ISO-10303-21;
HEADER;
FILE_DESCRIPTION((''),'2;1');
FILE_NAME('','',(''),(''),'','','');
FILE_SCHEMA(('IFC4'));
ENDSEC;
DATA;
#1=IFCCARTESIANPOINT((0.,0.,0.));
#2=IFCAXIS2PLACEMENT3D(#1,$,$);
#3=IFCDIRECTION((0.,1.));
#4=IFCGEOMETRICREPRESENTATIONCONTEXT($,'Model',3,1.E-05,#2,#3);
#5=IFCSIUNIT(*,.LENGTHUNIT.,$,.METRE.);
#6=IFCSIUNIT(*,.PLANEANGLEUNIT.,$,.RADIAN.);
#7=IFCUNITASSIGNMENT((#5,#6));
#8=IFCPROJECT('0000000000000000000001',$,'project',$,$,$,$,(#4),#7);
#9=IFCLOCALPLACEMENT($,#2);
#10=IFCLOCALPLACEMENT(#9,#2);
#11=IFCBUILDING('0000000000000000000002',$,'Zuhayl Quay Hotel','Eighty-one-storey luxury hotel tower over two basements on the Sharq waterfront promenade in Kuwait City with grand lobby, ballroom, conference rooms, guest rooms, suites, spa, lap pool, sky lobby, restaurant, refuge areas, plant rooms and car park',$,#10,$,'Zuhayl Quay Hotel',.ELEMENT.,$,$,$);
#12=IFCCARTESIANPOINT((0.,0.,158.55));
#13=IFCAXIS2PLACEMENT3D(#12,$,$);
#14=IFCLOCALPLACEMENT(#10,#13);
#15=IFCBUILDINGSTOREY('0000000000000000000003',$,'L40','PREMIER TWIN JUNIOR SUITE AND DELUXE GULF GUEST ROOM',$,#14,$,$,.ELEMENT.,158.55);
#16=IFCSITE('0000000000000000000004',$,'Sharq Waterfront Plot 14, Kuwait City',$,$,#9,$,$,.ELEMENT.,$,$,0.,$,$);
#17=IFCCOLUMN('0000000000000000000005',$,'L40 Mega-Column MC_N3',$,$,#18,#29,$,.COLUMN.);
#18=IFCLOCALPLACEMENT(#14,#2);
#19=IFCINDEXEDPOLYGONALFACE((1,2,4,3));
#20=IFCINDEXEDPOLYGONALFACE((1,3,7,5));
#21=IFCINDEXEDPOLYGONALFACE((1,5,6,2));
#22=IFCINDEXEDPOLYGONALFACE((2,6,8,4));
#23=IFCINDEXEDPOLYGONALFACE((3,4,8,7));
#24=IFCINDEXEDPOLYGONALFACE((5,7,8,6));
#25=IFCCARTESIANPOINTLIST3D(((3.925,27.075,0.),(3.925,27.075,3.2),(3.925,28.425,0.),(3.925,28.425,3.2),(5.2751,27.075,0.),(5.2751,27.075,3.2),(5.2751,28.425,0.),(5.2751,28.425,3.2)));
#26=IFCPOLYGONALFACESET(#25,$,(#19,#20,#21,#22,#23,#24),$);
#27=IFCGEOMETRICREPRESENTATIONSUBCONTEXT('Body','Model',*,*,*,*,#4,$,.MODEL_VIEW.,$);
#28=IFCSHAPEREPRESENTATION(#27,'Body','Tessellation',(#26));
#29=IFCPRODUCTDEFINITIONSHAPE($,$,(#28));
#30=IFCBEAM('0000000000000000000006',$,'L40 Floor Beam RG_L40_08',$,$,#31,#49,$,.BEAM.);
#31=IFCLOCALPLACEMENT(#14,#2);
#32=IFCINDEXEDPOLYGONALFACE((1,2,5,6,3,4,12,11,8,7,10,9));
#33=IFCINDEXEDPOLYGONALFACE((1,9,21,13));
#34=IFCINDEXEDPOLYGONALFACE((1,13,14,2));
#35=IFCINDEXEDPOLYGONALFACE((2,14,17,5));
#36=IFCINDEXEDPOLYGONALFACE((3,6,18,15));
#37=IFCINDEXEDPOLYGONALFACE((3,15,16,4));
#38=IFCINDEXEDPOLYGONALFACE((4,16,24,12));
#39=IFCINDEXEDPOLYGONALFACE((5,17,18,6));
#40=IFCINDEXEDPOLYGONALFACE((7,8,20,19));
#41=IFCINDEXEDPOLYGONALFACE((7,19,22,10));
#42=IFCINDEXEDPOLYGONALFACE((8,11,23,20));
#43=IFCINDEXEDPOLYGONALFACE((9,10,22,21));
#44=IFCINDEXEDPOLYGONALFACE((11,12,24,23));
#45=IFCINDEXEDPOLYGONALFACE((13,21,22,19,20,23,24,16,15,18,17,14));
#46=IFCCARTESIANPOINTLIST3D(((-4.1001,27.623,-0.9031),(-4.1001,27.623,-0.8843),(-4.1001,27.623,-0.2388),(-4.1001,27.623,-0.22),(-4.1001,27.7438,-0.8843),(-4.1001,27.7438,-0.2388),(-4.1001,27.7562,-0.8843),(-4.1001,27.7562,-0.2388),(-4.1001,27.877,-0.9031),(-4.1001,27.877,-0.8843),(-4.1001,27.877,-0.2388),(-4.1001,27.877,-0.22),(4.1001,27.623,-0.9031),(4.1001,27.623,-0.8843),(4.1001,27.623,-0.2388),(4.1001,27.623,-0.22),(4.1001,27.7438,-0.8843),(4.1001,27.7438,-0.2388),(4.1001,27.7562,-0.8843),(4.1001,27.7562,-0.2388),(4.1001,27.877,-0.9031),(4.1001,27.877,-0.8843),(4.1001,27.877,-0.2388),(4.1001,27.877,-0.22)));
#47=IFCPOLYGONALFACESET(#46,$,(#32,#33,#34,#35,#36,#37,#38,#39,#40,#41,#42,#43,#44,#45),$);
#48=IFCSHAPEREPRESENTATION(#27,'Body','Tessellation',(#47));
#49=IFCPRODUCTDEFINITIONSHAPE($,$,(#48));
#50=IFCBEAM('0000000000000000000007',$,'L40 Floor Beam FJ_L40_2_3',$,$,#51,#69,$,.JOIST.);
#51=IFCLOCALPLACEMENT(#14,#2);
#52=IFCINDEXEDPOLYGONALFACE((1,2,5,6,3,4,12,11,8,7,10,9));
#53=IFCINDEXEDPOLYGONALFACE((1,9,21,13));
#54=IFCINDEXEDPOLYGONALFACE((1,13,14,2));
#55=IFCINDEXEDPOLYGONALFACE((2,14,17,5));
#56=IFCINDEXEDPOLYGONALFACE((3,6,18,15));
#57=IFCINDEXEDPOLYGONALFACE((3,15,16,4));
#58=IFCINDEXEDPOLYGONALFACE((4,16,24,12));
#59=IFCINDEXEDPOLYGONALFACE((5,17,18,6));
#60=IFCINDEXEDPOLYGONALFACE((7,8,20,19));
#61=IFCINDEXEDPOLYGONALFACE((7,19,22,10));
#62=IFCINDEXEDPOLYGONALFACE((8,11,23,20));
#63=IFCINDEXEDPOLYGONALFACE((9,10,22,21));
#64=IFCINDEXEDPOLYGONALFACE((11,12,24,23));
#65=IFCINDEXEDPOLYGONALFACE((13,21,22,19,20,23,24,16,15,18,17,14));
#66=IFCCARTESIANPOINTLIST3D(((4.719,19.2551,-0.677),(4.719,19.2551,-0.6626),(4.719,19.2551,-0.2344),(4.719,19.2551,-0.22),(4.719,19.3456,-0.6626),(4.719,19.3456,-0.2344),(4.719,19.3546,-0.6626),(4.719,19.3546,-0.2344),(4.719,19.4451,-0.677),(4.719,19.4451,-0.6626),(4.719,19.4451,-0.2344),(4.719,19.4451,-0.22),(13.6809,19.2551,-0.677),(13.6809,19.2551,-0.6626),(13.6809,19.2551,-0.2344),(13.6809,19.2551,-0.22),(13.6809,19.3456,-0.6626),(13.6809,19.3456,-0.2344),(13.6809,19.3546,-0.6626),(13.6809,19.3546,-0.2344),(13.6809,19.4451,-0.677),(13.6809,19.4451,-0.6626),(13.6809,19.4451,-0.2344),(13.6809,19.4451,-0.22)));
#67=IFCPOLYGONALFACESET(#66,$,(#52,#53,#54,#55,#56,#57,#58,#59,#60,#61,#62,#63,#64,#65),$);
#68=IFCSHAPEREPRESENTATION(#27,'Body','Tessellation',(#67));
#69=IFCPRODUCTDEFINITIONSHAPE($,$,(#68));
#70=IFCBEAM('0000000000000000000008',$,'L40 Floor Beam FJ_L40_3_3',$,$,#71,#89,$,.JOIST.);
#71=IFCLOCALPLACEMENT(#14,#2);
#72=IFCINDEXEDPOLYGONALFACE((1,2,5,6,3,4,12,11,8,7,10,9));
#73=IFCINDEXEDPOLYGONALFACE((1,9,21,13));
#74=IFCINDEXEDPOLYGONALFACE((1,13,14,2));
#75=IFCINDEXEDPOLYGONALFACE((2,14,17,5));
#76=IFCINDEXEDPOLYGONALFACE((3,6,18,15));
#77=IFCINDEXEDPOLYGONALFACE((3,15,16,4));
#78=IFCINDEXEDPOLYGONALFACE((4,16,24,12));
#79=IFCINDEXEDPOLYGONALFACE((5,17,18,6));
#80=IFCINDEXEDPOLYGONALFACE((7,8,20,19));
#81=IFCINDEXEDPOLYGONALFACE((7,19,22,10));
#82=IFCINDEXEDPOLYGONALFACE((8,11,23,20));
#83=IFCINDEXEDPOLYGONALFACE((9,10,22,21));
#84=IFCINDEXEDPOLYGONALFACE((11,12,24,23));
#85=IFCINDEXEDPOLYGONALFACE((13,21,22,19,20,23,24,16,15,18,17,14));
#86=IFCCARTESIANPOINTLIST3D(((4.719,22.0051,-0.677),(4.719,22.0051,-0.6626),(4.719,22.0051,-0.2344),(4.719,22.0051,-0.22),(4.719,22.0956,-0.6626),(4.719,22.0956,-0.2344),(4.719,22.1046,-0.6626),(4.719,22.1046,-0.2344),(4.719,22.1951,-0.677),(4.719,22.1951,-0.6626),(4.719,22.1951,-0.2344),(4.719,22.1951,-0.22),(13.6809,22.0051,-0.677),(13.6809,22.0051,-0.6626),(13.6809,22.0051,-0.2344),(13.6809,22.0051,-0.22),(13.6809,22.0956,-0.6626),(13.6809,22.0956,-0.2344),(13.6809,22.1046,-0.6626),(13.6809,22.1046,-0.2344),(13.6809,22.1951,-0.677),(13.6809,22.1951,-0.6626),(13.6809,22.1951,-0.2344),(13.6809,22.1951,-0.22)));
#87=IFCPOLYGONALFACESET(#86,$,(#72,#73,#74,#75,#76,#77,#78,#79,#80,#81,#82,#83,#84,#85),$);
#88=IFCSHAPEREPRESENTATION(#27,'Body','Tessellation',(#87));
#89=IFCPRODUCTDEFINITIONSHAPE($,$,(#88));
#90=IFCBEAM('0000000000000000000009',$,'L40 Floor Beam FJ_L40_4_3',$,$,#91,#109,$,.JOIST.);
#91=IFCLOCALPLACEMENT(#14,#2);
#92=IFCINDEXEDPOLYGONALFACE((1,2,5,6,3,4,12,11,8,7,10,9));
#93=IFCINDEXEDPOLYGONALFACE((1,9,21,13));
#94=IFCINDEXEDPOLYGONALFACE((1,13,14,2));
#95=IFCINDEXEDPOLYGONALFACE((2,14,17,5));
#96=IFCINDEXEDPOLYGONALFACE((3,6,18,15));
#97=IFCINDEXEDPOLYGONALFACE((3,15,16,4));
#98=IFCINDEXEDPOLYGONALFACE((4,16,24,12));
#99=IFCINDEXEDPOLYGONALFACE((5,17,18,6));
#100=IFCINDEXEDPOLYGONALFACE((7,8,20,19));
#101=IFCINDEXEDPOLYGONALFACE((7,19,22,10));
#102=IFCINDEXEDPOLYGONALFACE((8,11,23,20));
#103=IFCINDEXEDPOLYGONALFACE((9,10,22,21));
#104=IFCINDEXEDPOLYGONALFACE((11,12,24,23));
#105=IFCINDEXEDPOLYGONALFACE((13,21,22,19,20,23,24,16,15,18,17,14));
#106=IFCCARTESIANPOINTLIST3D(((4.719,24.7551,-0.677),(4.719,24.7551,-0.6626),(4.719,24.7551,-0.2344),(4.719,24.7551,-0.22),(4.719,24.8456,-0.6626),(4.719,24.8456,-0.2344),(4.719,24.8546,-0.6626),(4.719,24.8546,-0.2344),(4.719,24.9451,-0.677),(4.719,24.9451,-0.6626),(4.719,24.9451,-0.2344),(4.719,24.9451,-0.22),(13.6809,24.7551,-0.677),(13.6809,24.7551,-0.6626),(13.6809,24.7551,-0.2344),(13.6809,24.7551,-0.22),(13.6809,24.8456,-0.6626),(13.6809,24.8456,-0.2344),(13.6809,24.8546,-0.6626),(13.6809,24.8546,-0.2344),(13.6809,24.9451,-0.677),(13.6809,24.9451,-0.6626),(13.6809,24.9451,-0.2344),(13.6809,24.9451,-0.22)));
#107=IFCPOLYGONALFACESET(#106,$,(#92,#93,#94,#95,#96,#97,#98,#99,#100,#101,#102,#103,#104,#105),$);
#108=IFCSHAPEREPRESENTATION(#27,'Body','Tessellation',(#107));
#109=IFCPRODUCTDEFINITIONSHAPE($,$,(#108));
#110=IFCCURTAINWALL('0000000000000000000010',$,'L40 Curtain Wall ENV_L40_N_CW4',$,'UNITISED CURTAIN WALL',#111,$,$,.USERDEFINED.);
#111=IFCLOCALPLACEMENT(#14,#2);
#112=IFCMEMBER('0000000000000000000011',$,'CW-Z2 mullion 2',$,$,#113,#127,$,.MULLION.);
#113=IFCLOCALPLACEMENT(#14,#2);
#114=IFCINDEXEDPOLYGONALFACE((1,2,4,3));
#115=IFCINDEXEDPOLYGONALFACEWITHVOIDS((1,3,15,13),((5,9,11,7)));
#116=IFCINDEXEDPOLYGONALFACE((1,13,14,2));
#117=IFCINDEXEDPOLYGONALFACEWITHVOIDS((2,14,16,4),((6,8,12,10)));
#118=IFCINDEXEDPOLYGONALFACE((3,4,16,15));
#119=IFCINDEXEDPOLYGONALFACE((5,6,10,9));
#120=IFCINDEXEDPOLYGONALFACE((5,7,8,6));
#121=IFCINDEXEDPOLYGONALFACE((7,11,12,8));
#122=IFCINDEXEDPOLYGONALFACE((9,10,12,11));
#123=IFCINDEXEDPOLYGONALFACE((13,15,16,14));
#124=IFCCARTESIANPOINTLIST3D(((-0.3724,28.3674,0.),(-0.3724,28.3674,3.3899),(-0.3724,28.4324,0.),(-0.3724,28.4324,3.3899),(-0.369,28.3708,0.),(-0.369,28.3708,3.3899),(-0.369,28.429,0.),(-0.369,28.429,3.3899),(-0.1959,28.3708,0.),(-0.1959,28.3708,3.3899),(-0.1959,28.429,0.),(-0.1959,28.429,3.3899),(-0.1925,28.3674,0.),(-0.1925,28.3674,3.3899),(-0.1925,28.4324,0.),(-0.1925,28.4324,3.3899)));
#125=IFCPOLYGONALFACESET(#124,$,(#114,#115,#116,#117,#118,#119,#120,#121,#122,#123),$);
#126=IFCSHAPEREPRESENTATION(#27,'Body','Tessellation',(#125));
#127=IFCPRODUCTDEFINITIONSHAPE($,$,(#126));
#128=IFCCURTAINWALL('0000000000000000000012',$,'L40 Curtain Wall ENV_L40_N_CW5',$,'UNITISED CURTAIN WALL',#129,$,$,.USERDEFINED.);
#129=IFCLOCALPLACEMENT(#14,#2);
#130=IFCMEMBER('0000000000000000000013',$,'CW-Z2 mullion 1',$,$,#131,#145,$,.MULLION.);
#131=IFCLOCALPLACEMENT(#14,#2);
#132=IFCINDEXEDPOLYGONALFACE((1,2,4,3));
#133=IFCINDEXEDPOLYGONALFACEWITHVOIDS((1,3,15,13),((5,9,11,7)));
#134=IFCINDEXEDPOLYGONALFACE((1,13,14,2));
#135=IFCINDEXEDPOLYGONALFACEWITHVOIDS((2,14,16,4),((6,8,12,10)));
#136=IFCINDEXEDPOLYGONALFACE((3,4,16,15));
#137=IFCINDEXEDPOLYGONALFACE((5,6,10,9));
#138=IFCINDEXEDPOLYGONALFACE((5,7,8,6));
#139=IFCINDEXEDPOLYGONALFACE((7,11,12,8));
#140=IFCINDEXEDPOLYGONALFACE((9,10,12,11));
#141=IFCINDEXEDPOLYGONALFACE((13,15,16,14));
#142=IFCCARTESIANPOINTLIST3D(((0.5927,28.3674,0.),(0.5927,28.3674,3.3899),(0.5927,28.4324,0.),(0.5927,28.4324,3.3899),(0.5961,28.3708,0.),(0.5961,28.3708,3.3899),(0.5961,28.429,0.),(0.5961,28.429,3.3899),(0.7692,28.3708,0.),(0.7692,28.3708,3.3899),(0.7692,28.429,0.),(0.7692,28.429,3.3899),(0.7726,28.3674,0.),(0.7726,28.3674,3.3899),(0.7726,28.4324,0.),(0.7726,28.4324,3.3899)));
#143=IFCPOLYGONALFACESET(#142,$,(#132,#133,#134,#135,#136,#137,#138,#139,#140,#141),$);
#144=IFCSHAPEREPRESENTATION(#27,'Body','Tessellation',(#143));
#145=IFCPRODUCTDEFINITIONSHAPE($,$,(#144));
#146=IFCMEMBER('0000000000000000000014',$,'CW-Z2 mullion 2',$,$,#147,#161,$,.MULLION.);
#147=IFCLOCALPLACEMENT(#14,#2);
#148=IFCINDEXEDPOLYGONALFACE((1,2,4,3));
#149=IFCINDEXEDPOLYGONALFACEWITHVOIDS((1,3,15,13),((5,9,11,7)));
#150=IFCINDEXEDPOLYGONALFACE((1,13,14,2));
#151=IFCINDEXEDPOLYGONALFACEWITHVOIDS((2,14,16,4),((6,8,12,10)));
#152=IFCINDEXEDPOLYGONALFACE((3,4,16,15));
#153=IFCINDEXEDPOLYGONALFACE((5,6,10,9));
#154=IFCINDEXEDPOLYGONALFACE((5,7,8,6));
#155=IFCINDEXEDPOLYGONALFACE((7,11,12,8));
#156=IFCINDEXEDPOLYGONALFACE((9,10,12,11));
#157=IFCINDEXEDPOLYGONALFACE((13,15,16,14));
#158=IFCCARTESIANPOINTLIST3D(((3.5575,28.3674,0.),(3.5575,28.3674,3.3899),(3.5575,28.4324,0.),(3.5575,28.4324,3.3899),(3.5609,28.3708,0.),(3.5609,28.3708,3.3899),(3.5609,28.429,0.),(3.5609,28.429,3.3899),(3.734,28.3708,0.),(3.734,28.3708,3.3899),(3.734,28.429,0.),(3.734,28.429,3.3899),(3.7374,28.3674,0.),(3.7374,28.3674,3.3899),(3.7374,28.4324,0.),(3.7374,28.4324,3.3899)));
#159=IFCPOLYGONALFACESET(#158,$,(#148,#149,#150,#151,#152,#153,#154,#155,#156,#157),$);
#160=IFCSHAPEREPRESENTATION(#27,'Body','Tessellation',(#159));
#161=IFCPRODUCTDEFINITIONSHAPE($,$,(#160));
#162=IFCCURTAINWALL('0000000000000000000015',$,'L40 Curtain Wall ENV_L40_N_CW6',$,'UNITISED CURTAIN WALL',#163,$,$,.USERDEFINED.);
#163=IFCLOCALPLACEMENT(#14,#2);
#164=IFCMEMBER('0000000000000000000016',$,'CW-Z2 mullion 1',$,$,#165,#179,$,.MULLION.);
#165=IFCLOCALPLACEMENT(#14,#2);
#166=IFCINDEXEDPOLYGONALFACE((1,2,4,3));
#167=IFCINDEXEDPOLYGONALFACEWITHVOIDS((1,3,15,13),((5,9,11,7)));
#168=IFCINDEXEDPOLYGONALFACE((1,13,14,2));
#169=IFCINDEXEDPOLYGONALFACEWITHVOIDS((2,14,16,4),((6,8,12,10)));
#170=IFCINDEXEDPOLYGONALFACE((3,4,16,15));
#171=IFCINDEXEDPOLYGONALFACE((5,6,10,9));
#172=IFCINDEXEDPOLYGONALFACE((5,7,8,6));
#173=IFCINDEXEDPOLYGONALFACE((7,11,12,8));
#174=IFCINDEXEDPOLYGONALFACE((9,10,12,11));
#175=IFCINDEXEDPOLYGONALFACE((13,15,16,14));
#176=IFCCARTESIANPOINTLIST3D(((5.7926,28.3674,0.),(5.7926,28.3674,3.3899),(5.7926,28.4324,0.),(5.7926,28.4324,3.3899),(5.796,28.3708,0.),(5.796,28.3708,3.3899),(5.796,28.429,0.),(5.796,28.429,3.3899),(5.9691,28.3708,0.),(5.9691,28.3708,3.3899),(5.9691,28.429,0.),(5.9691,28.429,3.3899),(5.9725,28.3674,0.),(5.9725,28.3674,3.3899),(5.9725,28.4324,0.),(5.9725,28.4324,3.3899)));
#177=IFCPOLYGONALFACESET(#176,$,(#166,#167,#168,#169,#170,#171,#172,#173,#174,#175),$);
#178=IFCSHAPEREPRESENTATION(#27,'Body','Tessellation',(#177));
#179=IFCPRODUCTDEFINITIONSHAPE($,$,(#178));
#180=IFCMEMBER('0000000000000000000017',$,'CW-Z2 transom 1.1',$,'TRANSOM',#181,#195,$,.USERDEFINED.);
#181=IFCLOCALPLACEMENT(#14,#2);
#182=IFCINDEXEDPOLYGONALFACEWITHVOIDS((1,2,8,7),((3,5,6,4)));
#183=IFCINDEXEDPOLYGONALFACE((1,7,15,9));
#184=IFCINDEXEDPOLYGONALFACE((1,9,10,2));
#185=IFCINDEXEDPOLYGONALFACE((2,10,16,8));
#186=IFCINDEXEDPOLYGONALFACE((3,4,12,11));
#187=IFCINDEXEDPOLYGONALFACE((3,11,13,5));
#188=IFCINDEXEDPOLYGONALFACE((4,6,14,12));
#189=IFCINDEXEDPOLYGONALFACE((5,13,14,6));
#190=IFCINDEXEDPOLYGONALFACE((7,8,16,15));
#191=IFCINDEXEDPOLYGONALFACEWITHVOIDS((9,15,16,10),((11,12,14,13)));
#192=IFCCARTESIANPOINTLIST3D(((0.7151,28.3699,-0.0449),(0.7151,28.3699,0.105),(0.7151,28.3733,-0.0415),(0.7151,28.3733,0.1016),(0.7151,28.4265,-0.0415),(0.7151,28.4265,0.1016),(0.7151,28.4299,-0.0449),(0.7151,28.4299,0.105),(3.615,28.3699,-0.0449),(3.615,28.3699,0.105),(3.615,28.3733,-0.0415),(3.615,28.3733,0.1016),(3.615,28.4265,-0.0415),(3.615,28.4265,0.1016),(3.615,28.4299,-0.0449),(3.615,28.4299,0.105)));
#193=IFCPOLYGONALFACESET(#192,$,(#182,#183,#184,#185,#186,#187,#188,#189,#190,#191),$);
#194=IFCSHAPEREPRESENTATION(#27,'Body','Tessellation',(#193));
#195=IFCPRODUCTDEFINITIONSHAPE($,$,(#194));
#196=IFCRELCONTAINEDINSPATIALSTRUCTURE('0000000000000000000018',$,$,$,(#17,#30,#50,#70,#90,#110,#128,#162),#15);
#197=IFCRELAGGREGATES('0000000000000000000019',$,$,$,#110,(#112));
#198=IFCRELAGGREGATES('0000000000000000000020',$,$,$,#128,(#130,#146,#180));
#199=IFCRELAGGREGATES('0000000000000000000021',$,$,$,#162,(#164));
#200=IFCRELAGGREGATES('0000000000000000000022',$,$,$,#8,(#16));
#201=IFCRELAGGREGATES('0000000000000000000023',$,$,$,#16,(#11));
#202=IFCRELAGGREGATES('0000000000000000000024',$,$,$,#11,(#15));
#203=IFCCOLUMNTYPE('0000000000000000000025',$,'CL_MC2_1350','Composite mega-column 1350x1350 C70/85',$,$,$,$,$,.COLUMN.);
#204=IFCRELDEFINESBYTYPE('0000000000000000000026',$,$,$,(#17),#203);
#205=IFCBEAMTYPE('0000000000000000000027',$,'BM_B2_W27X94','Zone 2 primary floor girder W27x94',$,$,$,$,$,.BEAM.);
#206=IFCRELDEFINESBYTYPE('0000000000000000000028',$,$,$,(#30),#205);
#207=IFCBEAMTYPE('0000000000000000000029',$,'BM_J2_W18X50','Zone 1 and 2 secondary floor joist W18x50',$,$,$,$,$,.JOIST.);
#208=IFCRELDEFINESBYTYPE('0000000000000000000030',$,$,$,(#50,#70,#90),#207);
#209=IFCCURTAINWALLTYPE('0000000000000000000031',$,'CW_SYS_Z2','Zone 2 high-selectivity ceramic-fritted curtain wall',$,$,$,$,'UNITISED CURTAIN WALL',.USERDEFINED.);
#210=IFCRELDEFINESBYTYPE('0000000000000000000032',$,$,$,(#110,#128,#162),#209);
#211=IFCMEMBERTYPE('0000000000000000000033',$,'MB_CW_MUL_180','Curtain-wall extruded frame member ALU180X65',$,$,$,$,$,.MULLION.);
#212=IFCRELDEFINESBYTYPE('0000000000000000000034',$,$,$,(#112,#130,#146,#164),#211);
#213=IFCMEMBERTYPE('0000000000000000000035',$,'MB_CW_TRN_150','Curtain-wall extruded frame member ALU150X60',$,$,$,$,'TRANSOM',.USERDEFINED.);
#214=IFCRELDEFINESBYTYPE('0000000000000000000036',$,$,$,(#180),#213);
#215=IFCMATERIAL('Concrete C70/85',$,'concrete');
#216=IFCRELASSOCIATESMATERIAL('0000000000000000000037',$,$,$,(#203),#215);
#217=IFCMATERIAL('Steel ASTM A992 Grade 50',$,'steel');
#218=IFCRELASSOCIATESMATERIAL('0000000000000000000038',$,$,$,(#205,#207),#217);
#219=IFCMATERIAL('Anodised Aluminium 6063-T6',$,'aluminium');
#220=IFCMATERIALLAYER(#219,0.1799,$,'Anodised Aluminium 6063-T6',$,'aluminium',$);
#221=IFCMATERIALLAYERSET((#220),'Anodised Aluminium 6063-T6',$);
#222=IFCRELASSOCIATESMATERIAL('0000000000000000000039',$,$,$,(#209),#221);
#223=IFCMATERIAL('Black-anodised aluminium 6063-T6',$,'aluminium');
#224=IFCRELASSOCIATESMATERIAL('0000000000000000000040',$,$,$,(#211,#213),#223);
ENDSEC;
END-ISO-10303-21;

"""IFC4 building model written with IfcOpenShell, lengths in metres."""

from ifc_helpers import new_model, si_unit, direction, frame, origin, origin_2d, place, context, subcontext, project, spatial, rectangle, hollow_rectangle, i_section, extrude, material, layer, layer_set, material_profile, profile_set, type_object, element, aggregate, save


model = new_model("IFC4")

# Units and contexts
model_context = context("Model", 3, precision=1e-05, world=origin(), true_north=direction((0.0, 1.0)))
body_context = subcontext(model_context, "Body", "Model", "MODEL_VIEW")
ifc_project = project(units=[si_unit("LENGTHUNIT", "METRE"), si_unit("PLANEANGLEUNIT", "RADIAN")], contexts=[model_context])

# Site, building, storey
site_placement = place(None, origin())
site = spatial("IfcSite", under=ifc_project, at=site_placement, Name="Sharq Waterfront Plot 14, Kuwait City", CompositionType="ELEMENT", RefElevation=0.0)
building_placement = place(site_placement, origin())
building = spatial("IfcBuilding", under=site, at=building_placement, Name="Zuhayl Quay Hotel", Description="Eighty-one-storey luxury hotel tower over two basements on the Sharq waterfront promenade in Kuwait City with grand lobby, ballroom, conference rooms, guest rooms, suites, spa, lap pool, sky lobby, restaurant, refuge areas, plant rooms and car park", LongName="Zuhayl Quay Hotel", CompositionType="ELEMENT")
storey_placement = place(building_placement, frame((0.0, 0.0, 158.55)))
storey = spatial("IfcBuildingStorey", under=building, at=storey_placement, Name="L40", Description="PREMIER TWIN JUNIOR SUITE AND DELUXE GULF GUEST ROOM", CompositionType="ELEMENT", Elevation=158.55)

# Column
ifc_material_1 = material(Name="Concrete C70/85", Category="concrete")
ifc_material_profile_1 = material_profile(ifc_material_1, rectangle(XDim=1.3501, YDim=1.3501, at=origin_2d()), Name="RC1350X1350")
ifc_profile_set_1 = profile_set([ifc_material_profile_1], Name="Concrete C70/85")
column_type = type_object("IfcColumnType", Name="CL_MC2_1350", Description="Composite mega-column 1350x1350 C70/85", PredefinedType="COLUMN", material=ifc_profile_set_1)
column_placement = place(storey_placement, frame((4.6001, 27.75, 0.0), z_axis=(0.0, 0.0, 1.0), x_axis=(1.0, 0.0, 0.0)))
element("IfcColumn", 1, at=column_placement, inside=storey, type_object=column_type, Name="L40 Mega-Column MC_N3", PredefinedType="COLUMN", context=body_context, shape_type="SweptSolid", body=[
    extrude(rectangle(XDim=1.3501, YDim=1.3501, at=origin_2d()), origin(), (0.0, 0.0, 1.0), 3.2),
])

# Beams
ifc_material_2 = material(Name="Steel ASTM A992 Grade 50", Category="steel")
ifc_material_profile_2 = material_profile(ifc_material_2, i_section(OverallWidth=0.2539, OverallDepth=0.6831, WebThickness=0.0125, FlangeThickness=0.0188, at=origin_2d()), Name="W27X94")
ifc_profile_set_2 = profile_set([ifc_material_profile_2], Name="Steel ASTM A992 Grade 50")
beam_type_1 = type_object("IfcBeamType", Name="BM_B2_W27X94", Description="Zone 2 primary floor girder W27x94", PredefinedType="BEAM", material=ifc_profile_set_2)
beam_placement = place(storey_placement, frame((4.1001, 27.75, -0.5615), z_axis=(-1.0, 0.0, 0.0), x_axis=(0.0, -1.0, 0.0)))
element("IfcBeam", 2, at=beam_placement, inside=storey, type_object=beam_type_1, Name="L40 Floor Beam RG_L40_08", PredefinedType="BEAM", context=body_context, shape_type="SweptSolid", body=[
    extrude(i_section(OverallWidth=0.2539, OverallDepth=0.6831, WebThickness=0.0125, FlangeThickness=0.0188, at=origin_2d()), origin(), (0.0, 0.0, 1.0), 8.2002),
])
ifc_material_profile_3 = material_profile(ifc_material_2, i_section(OverallWidth=0.1899, OverallDepth=0.457, WebThickness=0.009, FlangeThickness=0.0144, at=origin_2d()), Name="W18X50")
ifc_profile_set_3 = profile_set([ifc_material_profile_3], Name="Steel ASTM A992 Grade 50")
beam_type_2 = type_object("IfcBeamType", Name="BM_J2_W18X50", Description="Zone 1 and 2 secondary floor joist W18x50", PredefinedType="JOIST", material=ifc_profile_set_3)
for number, where, z_axis, x_axis, name in (
    (3, (4.719, 19.3501, -0.4485), (1.0, 0.0, 0.0), (0.0, 1.0, 0.0), "L40 Floor Beam FJ_L40_2_3"),
    (4, (4.719, 22.1001, -0.4485), (1.0, 0.0, 0.0), (0.0, 1.0, 0.0), "L40 Floor Beam FJ_L40_3_3"),
    (5, (4.719, 24.8501, -0.4485), (1.0, 0.0, 0.0), (0.0, 1.0, 0.0), "L40 Floor Beam FJ_L40_4_3"),
):
    element("IfcBeam", number, at=place(storey_placement, frame(where, z_axis=z_axis, x_axis=x_axis)), inside=storey, type_object=beam_type_2, Name=name, PredefinedType="JOIST", context=body_context, shape_type="SweptSolid", body=[
        extrude(i_section(OverallWidth=0.1899, OverallDepth=0.457, WebThickness=0.009, FlangeThickness=0.0144, at=origin_2d()), origin(), (0.0, 0.0, 1.0), 8.9619),
    ])

# Curtain wall, member
ifc_material_3 = material(Name="Anodised Aluminium 6063-T6", Category="aluminium")
ifc_layer_1 = layer(ifc_material_3, 0.1799, Name="Anodised Aluminium 6063-T6", Category="aluminium")
ifc_layer_set_1 = layer_set([ifc_layer_1], Name="Anodised Aluminium 6063-T6")
curtain_wall_type = type_object("IfcCurtainWallType", Name="CW_SYS_Z2", Description="Zone 2 high-selectivity ceramic-fritted curtain wall", ElementType="UNITISED CURTAIN WALL", PredefinedType="USERDEFINED", material=ifc_layer_set_1)
curtain_wall_1_placement = place(storey_placement, origin())
curtain_wall_1 = element("IfcCurtainWall", 6, at=curtain_wall_1_placement, inside=storey, type_object=curtain_wall_type, Name="L40 Curtain Wall ENV_L40_N_CW4", ObjectType="UNITISED CURTAIN WALL", PredefinedType="USERDEFINED")
ifc_material_4 = material(Name="Black-anodised aluminium 6063-T6", Category="aluminium")
ifc_material_profile_4 = material_profile(ifc_material_4, hollow_rectangle(XDim=0.0649, YDim=0.1799, WallThickness=0.0034, at=origin_2d()), Name="ALU180X65")
ifc_profile_set_4 = profile_set([ifc_material_profile_4], Name="Black-anodised aluminium 6063-T6")
member_type_1 = type_object("IfcMemberType", Name="MB_CW_MUL_180", Description="Curtain-wall extruded frame member ALU180X65", PredefinedType="MULLION", material=ifc_profile_set_4)
member_1_placement = place(storey_placement, frame((-0.2825, 28.3999, 0.0), z_axis=(0.0, 0.0, 1.0), x_axis=(0.0, 1.0, 0.0)))
member_1 = element("IfcMember", 7, at=member_1_placement, type_object=member_type_1, Name="CW-Z2 mullion 2", PredefinedType="MULLION", context=body_context, shape_type="SweptSolid", body=[
    extrude(hollow_rectangle(XDim=0.0649, YDim=0.1799, WallThickness=0.0034, at=origin_2d()), origin(), (0.0, 0.0, 1.0), 3.3899),
])
aggregate(curtain_wall_1, [member_1])

# Curtain wall, members
curtain_wall_2_placement = place(storey_placement, origin())
curtain_wall_2 = element("IfcCurtainWall", 8, at=curtain_wall_2_placement, inside=storey, type_object=curtain_wall_type, Name="L40 Curtain Wall ENV_L40_N_CW5", ObjectType="UNITISED CURTAIN WALL", PredefinedType="USERDEFINED")
member_2_placement = place(storey_placement, frame((0.6826, 28.3999, 0.0), z_axis=(0.0, 0.0, 1.0), x_axis=(0.0, 1.0, 0.0)))
member_2 = element("IfcMember", 9, at=member_2_placement, type_object=member_type_1, Name="CW-Z2 mullion 1", PredefinedType="MULLION", context=body_context, shape_type="SweptSolid", body=[
    extrude(hollow_rectangle(XDim=0.0649, YDim=0.1799, WallThickness=0.0034, at=origin_2d()), origin(), (0.0, 0.0, 1.0), 3.3899),
])
member_3_placement = place(storey_placement, frame((3.6475, 28.3999, 0.0), z_axis=(0.0, 0.0, 1.0), x_axis=(0.0, 1.0, 0.0)))
member_3 = element("IfcMember", 10, at=member_3_placement, type_object=member_type_1, Name="CW-Z2 mullion 2", PredefinedType="MULLION", context=body_context, shape_type="SweptSolid", body=[
    extrude(hollow_rectangle(XDim=0.0649, YDim=0.1799, WallThickness=0.0034, at=origin_2d()), origin(), (0.0, 0.0, 1.0), 3.3899),
])

# Curtain wall, member
curtain_wall_3_placement = place(storey_placement, origin())
curtain_wall_3 = element("IfcCurtainWall", 11, at=curtain_wall_3_placement, inside=storey, type_object=curtain_wall_type, Name="L40 Curtain Wall ENV_L40_N_CW6", ObjectType="UNITISED CURTAIN WALL", PredefinedType="USERDEFINED")
member_4_placement = place(storey_placement, frame((5.8826, 28.3999, 0.0), z_axis=(0.0, 0.0, 1.0), x_axis=(0.0, 1.0, 0.0)))
member_4 = element("IfcMember", 12, at=member_4_placement, type_object=member_type_1, Name="CW-Z2 mullion 1", PredefinedType="MULLION", context=body_context, shape_type="SweptSolid", body=[
    extrude(hollow_rectangle(XDim=0.0649, YDim=0.1799, WallThickness=0.0034, at=origin_2d()), origin(), (0.0, 0.0, 1.0), 3.3899),
])

# Member
ifc_material_profile_5 = material_profile(ifc_material_4, hollow_rectangle(XDim=0.0601, YDim=0.1499, WallThickness=0.0034, at=origin_2d()), Name="ALU150X60")
ifc_profile_set_5 = profile_set([ifc_material_profile_5], Name="Black-anodised aluminium 6063-T6")
member_type_2 = type_object("IfcMemberType", Name="MB_CW_TRN_150", Description="Curtain-wall extruded frame member ALU150X60", ElementType="TRANSOM", PredefinedType="USERDEFINED", material=ifc_profile_set_5)
member_5_placement = place(storey_placement, frame((0.7151, 28.3999, 0.03), z_axis=(1.0, 0.0, 0.0), x_axis=(0.0, 1.0, 0.0)))
member_5 = element("IfcMember", 13, at=member_5_placement, type_object=member_type_2, Name="CW-Z2 transom 1.1", ObjectType="TRANSOM", PredefinedType="USERDEFINED", context=body_context, shape_type="SweptSolid", body=[
    extrude(hollow_rectangle(XDim=0.0601, YDim=0.1499, WallThickness=0.0034, at=origin_2d()), origin(), (0.0, 0.0, 1.0), 2.8999),
])

aggregate(curtain_wall_2, [member_2, member_3, member_5])
aggregate(curtain_wall_3, [member_4])

save(model, "model.ifc")
